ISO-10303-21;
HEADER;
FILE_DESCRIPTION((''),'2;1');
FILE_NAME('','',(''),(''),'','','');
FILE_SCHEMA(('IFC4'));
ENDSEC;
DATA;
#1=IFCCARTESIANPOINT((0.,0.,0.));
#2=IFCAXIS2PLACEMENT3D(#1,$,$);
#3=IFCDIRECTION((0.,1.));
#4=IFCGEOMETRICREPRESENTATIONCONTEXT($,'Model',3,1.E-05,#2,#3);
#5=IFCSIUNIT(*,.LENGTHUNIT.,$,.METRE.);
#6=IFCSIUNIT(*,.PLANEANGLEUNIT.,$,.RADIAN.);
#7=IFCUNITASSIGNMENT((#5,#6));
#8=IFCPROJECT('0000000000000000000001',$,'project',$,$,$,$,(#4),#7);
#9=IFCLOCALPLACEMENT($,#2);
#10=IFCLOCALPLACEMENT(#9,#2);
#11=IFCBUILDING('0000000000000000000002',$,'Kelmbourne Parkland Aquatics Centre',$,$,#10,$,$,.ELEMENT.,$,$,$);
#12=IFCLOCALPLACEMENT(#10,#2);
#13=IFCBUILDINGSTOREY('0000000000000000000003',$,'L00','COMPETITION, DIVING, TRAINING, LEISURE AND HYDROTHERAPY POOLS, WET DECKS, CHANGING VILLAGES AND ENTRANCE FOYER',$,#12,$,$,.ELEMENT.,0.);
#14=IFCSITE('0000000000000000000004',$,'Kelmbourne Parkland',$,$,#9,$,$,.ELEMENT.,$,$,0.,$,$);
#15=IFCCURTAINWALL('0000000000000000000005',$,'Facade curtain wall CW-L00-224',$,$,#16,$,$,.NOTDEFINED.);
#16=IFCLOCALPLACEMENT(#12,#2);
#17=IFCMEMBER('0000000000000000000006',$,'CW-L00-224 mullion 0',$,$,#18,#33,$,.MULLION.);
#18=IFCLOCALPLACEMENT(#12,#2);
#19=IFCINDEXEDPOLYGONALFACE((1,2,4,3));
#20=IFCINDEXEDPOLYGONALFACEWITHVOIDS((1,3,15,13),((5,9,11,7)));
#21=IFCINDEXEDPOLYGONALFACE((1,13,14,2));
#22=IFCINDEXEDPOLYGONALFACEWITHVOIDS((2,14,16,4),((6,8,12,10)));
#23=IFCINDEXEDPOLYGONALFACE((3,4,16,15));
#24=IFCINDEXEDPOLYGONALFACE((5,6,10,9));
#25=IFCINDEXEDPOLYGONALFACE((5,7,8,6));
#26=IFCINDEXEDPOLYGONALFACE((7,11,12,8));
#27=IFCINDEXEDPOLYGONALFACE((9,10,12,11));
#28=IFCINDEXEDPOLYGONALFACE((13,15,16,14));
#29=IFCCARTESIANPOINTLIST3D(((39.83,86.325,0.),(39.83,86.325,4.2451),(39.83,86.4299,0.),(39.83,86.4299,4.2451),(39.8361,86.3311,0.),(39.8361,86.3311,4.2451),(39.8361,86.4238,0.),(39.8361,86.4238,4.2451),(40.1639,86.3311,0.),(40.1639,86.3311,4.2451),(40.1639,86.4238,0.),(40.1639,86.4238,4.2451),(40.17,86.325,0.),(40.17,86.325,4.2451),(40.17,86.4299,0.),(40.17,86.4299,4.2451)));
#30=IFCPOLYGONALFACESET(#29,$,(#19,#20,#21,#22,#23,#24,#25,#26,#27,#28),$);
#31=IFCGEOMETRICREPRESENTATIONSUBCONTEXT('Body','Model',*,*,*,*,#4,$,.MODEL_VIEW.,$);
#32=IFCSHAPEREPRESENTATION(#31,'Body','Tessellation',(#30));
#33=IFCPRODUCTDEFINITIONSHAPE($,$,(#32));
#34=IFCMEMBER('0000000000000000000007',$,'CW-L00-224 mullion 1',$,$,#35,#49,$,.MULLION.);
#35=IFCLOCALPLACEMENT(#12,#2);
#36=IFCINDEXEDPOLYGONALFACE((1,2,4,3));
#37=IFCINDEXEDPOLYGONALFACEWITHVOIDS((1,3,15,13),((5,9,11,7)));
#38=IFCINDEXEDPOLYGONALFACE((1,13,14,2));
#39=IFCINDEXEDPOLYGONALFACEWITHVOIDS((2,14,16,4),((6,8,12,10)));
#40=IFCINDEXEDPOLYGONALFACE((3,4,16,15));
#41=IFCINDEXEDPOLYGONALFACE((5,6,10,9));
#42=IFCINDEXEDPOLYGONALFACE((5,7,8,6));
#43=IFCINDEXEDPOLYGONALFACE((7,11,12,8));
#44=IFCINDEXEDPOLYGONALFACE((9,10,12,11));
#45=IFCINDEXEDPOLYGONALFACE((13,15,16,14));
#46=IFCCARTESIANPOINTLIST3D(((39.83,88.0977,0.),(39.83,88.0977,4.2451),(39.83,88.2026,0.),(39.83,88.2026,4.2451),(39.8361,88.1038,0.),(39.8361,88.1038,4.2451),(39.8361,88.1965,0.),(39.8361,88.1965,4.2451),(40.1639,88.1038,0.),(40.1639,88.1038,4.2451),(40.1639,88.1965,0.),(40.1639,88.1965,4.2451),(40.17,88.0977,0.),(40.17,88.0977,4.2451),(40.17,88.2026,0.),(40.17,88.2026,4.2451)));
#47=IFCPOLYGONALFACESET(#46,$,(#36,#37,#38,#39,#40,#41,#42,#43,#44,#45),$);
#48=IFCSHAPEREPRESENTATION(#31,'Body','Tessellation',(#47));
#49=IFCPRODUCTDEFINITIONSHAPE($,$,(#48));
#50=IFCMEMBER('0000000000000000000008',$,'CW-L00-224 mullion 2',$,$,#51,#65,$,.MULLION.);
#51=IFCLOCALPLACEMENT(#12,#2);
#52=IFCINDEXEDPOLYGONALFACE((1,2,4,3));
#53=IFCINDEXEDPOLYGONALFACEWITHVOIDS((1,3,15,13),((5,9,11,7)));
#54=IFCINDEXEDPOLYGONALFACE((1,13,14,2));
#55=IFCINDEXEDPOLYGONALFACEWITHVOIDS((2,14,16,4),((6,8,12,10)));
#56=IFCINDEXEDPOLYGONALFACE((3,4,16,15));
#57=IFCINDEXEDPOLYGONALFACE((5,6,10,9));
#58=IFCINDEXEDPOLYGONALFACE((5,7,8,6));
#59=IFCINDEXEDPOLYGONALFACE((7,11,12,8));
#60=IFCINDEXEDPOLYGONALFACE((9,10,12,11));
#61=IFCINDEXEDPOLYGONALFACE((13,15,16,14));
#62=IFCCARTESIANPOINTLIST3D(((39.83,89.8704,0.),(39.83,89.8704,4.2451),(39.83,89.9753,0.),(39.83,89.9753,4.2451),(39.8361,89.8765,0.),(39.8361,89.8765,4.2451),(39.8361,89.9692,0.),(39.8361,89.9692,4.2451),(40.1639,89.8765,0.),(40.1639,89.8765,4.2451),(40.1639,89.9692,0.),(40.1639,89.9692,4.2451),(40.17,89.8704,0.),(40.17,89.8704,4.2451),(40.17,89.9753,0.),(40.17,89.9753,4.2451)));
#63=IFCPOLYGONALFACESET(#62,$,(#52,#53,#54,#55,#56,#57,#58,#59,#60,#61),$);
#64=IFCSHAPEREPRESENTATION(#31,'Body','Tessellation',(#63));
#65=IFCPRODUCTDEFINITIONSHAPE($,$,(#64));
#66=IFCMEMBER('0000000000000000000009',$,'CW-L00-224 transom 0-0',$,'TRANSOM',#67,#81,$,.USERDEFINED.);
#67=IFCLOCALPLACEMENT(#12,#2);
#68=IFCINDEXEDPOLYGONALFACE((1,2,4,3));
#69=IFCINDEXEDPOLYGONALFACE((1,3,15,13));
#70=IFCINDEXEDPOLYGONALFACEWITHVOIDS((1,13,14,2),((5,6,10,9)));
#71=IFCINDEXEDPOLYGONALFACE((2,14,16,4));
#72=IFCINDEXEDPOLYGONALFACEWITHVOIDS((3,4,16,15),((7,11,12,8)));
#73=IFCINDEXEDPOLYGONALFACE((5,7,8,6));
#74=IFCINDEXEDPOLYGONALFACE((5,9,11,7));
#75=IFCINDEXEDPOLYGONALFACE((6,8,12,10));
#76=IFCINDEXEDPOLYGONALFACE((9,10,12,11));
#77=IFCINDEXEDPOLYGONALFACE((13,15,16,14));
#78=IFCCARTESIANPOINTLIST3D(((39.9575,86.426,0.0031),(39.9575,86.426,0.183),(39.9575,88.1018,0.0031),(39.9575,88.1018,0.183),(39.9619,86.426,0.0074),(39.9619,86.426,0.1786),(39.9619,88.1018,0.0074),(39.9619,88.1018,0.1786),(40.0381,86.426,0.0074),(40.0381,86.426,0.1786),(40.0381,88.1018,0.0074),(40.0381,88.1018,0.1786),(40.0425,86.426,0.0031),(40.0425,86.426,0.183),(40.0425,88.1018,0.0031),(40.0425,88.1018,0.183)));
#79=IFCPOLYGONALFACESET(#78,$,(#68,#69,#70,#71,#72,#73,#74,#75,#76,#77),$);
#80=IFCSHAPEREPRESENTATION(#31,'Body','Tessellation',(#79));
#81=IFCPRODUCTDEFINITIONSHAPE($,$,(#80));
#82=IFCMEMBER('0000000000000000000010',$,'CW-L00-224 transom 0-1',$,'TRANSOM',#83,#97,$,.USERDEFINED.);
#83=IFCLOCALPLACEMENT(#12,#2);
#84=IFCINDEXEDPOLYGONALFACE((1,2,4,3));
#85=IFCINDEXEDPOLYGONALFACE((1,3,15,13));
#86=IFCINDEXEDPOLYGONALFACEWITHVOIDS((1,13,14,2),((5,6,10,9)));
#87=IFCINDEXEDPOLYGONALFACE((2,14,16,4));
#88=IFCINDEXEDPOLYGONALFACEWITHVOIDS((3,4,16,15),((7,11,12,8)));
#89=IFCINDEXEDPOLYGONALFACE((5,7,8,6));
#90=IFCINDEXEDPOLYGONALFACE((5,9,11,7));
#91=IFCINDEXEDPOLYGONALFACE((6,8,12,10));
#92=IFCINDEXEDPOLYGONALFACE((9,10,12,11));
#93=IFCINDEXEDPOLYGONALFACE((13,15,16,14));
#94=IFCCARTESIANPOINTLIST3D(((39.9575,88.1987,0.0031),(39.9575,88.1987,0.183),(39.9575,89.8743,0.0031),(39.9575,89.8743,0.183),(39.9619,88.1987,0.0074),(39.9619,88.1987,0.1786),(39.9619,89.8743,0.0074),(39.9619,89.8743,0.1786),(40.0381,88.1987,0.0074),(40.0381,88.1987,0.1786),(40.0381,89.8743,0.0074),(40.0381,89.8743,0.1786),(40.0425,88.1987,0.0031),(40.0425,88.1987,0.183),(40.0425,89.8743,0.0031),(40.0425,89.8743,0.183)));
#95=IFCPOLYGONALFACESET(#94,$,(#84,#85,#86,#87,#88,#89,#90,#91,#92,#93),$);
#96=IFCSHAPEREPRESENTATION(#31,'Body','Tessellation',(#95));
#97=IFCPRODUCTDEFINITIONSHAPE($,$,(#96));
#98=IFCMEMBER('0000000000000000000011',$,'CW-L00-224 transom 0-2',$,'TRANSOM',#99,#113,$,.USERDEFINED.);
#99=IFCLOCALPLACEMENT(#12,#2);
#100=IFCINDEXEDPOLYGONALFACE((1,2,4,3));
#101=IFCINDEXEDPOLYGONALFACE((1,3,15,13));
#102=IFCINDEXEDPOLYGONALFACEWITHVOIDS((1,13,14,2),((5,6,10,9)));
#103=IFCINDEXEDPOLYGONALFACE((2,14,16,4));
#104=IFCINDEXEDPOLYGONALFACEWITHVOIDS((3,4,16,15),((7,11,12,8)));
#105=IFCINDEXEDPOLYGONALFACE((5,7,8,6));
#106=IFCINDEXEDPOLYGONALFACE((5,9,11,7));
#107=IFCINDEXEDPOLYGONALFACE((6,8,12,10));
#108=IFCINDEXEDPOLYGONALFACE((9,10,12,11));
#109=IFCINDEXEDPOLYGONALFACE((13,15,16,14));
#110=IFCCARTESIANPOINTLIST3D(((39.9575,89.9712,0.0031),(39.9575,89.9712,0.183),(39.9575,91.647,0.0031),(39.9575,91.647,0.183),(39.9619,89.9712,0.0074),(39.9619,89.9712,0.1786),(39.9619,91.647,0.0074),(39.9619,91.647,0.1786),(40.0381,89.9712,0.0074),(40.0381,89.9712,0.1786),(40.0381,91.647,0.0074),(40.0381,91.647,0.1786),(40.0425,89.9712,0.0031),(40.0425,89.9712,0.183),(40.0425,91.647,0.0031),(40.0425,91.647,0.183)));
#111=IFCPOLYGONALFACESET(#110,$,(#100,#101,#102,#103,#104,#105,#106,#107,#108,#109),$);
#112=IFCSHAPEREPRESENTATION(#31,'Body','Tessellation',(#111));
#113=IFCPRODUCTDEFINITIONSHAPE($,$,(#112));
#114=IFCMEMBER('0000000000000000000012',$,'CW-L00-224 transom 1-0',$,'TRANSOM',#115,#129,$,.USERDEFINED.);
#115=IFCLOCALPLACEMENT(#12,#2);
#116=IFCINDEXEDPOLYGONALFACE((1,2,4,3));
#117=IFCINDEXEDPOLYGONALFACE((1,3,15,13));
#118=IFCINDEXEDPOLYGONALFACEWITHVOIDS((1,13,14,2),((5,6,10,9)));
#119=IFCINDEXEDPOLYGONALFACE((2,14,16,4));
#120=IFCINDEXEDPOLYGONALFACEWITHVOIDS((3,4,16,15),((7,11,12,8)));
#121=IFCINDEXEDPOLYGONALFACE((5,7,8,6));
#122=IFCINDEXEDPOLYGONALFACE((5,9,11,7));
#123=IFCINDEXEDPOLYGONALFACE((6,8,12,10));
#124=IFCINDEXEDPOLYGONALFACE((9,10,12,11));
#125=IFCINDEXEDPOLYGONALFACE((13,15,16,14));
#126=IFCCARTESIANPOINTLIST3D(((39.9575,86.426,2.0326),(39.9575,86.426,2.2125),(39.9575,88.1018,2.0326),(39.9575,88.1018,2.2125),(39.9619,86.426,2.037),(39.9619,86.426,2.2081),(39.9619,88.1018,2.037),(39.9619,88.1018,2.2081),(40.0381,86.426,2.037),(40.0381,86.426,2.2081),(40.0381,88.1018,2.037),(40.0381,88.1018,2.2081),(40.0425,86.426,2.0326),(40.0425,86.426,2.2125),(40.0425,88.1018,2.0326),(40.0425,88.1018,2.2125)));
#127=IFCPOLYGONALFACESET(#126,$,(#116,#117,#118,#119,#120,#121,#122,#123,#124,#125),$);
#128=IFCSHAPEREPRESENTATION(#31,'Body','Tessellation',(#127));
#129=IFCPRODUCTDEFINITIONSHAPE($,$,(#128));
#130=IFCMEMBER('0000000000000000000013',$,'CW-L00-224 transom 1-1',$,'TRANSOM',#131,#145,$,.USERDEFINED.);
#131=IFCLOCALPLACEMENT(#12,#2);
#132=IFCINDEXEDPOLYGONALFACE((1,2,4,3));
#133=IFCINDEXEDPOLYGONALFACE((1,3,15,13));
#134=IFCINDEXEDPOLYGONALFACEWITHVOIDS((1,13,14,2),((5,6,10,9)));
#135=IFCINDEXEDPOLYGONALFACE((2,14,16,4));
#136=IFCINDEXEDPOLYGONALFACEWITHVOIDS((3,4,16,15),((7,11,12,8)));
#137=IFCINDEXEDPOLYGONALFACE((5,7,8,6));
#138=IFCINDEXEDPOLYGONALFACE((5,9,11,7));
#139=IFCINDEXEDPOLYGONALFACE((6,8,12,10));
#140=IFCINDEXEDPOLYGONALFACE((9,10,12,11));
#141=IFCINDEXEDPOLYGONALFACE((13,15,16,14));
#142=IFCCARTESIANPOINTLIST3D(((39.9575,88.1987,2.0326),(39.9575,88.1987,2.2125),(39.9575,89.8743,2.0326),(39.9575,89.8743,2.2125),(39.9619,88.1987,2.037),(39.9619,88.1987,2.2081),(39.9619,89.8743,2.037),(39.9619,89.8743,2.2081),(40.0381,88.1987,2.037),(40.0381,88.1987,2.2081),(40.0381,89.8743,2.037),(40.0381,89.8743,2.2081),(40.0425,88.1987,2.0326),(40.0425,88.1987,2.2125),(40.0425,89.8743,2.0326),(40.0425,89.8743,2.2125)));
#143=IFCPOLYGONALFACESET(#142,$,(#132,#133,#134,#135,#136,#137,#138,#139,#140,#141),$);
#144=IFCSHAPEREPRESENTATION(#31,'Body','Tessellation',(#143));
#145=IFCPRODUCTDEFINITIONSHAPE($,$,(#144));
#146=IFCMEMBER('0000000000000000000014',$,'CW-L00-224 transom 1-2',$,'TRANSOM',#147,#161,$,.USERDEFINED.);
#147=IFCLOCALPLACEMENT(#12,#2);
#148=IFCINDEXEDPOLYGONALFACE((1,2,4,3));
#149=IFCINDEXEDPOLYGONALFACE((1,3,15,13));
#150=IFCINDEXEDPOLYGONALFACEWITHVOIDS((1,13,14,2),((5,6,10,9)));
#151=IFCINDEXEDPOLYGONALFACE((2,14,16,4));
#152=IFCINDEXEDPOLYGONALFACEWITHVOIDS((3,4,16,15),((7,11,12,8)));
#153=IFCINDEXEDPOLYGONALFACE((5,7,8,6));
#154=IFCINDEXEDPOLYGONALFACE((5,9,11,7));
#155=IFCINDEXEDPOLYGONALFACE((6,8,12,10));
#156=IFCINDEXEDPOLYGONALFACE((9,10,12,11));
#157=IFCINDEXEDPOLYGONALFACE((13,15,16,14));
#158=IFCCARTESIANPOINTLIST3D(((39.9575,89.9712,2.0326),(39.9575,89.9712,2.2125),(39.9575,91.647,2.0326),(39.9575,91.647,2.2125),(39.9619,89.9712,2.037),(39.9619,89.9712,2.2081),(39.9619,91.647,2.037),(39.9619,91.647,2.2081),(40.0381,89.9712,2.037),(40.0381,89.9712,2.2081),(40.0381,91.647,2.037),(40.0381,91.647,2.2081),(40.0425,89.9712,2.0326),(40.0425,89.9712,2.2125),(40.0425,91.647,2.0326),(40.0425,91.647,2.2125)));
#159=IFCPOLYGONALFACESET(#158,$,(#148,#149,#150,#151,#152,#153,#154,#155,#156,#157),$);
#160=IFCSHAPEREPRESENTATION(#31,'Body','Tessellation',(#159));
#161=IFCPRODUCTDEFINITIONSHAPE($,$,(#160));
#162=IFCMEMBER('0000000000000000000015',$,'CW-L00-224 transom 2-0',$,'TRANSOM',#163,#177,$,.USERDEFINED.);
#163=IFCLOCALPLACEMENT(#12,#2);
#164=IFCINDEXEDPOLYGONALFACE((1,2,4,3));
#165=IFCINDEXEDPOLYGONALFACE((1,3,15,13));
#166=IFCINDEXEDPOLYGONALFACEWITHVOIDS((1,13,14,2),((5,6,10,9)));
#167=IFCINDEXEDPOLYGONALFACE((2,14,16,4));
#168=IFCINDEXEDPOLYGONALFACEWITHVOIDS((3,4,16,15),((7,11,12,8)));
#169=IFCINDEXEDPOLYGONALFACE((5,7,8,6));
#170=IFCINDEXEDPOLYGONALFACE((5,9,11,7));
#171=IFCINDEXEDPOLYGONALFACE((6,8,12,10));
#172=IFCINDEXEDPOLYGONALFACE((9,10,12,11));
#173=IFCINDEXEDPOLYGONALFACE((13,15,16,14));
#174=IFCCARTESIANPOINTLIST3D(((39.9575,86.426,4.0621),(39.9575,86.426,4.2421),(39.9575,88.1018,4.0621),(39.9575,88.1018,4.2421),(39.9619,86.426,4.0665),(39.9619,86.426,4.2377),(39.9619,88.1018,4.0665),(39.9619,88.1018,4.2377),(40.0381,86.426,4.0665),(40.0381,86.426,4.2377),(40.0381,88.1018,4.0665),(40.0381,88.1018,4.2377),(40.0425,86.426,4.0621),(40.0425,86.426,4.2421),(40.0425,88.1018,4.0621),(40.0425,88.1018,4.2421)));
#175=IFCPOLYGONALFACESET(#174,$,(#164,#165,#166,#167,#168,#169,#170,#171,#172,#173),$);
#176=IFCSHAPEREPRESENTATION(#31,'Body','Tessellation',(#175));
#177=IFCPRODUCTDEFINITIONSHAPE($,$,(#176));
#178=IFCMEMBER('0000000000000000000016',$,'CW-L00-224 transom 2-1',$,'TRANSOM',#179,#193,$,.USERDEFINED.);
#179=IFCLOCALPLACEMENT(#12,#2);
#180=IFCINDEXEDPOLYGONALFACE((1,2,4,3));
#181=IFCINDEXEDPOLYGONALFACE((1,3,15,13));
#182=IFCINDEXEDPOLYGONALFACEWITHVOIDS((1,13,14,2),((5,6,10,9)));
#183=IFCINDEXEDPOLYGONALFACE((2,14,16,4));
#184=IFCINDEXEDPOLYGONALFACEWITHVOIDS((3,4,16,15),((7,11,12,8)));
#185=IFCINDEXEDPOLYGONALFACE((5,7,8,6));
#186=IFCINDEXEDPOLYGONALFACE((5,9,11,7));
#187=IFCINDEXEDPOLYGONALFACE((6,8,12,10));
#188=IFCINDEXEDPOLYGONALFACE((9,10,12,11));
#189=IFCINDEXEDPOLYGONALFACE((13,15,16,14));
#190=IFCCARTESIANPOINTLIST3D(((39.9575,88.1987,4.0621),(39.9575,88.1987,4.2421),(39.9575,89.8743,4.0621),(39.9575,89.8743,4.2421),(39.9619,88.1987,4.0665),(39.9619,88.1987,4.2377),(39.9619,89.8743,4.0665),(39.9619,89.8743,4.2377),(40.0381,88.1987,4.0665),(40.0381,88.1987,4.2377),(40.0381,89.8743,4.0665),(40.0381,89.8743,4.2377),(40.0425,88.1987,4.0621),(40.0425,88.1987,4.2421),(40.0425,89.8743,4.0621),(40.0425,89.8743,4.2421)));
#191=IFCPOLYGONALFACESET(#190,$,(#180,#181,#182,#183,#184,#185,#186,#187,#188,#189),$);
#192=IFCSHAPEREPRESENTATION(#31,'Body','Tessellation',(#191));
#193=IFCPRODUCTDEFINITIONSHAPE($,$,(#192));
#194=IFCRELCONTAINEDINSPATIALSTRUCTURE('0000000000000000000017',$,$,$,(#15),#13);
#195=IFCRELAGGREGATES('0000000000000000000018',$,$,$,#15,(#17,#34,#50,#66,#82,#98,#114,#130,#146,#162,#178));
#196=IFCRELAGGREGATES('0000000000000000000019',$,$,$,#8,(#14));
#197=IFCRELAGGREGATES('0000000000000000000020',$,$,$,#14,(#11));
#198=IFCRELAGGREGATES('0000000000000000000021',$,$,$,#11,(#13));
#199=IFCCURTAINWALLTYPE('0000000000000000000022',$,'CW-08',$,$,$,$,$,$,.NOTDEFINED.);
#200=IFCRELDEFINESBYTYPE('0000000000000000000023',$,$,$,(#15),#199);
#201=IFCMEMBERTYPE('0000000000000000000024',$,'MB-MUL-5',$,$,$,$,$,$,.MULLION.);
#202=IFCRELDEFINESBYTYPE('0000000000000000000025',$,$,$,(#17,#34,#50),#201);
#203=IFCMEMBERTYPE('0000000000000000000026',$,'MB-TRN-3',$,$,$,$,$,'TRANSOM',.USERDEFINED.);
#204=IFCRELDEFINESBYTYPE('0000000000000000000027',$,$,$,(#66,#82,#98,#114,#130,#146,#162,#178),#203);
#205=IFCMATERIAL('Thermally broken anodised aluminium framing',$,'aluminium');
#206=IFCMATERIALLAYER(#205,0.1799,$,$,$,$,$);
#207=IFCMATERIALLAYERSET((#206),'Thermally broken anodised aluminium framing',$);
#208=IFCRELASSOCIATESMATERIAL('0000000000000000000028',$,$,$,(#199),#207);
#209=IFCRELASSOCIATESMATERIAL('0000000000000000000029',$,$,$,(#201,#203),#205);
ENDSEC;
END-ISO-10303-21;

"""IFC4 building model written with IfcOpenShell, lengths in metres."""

from ifc_helpers import new_model, si_unit, direction, frame, origin, origin_2d, place, context, subcontext, project, spatial, hollow_rectangle, extrude, material, layer, layer_set, material_profile, profile_set, type_object, element, aggregate, save


model = new_model("IFC4")

# Units and contexts
model_context = context("Model", 3, precision=1e-05, world=origin(), true_north=direction((0.0, 1.0)))
body_context = subcontext(model_context, "Body", "Model", "MODEL_VIEW")
ifc_project = project(units=[si_unit("LENGTHUNIT", "METRE"), si_unit("PLANEANGLEUNIT", "RADIAN")], contexts=[model_context])

# Site, building, storey
site_placement = place(None, origin())
site = spatial("IfcSite", under=ifc_project, at=site_placement, Name="Kelmbourne Parkland", CompositionType="ELEMENT", RefElevation=0.0)
building_placement = place(site_placement, origin())
building = spatial("IfcBuilding", under=site, at=building_placement, Name="Kelmbourne Parkland Aquatics Centre", CompositionType="ELEMENT")
storey_placement = place(building_placement, origin())
storey = spatial("IfcBuildingStorey", under=building, at=storey_placement, Name="L00", Description="COMPETITION, DIVING, TRAINING, LEISURE AND HYDROTHERAPY POOLS, WET DECKS, CHANGING VILLAGES AND ENTRANCE FOYER", CompositionType="ELEMENT", Elevation=0.0)

# Curtain wall, members
ifc_material_1 = material(Name="Thermally broken anodised aluminium framing", Category="aluminium")
ifc_layer_1 = layer(ifc_material_1, 0.1799)
ifc_layer_set_1 = layer_set([ifc_layer_1], Name="Thermally broken anodised aluminium framing")
curtain_wall_type = type_object("IfcCurtainWallType", Name="CW-08", PredefinedType="NOTDEFINED", material=ifc_layer_set_1)
curtain_wall_placement = place(storey_placement, origin())
curtain_wall = element("IfcCurtainWall", 1, at=curtain_wall_placement, inside=storey, type_object=curtain_wall_type, Name="Facade curtain wall CW-L00-224", PredefinedType="NOTDEFINED")
ifc_material_profile_1 = material_profile(ifc_material_1, hollow_rectangle(XDim=0.105, YDim=0.3401, WallThickness=0.0061, at=origin_2d()), Name="CW-M 105x340")
ifc_profile_set_1 = profile_set([ifc_material_profile_1], Name="Thermally broken anodised aluminium framing")
member_type_1 = type_object("IfcMemberType", Name="MB-MUL-5", PredefinedType="MULLION", material=ifc_profile_set_1)
member_1_placement = place(storey_placement, frame((40.0, 86.3774, 0.0), z_axis=(0.0, 0.0, 1.0), x_axis=(0.0, 1.0, 0.0)))
member_1 = element("IfcMember", 2, at=member_1_placement, type_object=member_type_1, Name="CW-L00-224 mullion 0", PredefinedType="MULLION", context=body_context, shape_type="SweptSolid", body=[
    extrude(hollow_rectangle(XDim=0.105, YDim=0.3401, WallThickness=0.0061, at=origin_2d()), origin(), (0.0, 0.0, 1.0), 4.2451),
])
member_2_placement = place(storey_placement, frame((40.0, 88.1501, 0.0), z_axis=(0.0, 0.0, 1.0), x_axis=(0.0, 1.0, 0.0)))
member_2 = element("IfcMember", 3, at=member_2_placement, type_object=member_type_1, Name="CW-L00-224 mullion 1", PredefinedType="MULLION", context=body_context, shape_type="SweptSolid", body=[
    extrude(hollow_rectangle(XDim=0.105, YDim=0.3401, WallThickness=0.0061, at=origin_2d()), origin(), (0.0, 0.0, 1.0), 4.2451),
])
member_3_placement = place(storey_placement, frame((40.0, 89.9229, 0.0), z_axis=(0.0, 0.0, 1.0), x_axis=(0.0, 1.0, 0.0)))
member_3 = element("IfcMember", 4, at=member_3_placement, type_object=member_type_1, Name="CW-L00-224 mullion 2", PredefinedType="MULLION", context=body_context, shape_type="SweptSolid", body=[
    extrude(hollow_rectangle(XDim=0.105, YDim=0.3401, WallThickness=0.0061, at=origin_2d()), origin(), (0.0, 0.0, 1.0), 4.2451),
])
ifc_material_profile_2 = material_profile(ifc_material_1, hollow_rectangle(XDim=0.085, YDim=0.1799, WallThickness=0.0044, at=origin_2d()), Name="CW-T 85x180")
ifc_profile_set_2 = profile_set([ifc_material_profile_2], Name="Thermally broken anodised aluminium framing")
member_type_2 = type_object("IfcMemberType", Name="MB-TRN-3", ElementType="TRANSOM", PredefinedType="USERDEFINED", material=ifc_profile_set_2)
member_4_placement = place(storey_placement, frame((40.0, 86.426, 0.093), z_axis=(0.0, 1.0, 0.0), x_axis=(-1.0, 0.0, 0.0)))
member_4 = element("IfcMember", 5, at=member_4_placement, type_object=member_type_2, Name="CW-L00-224 transom 0-0", ObjectType="TRANSOM", PredefinedType="USERDEFINED", context=body_context, shape_type="SweptSolid", body=[
    extrude(hollow_rectangle(XDim=0.085, YDim=0.1799, WallThickness=0.0044, at=origin_2d()), origin(), (0.0, 0.0, 1.0), 1.6758),
])
member_5_placement = place(storey_placement, frame((40.0, 88.1987, 0.093), z_axis=(0.0, 1.0, 0.0), x_axis=(-1.0, 0.0, 0.0)))
member_5 = element("IfcMember", 6, at=member_5_placement, type_object=member_type_2, Name="CW-L00-224 transom 0-1", ObjectType="TRANSOM", PredefinedType="USERDEFINED", context=body_context, shape_type="SweptSolid", body=[
    extrude(hollow_rectangle(XDim=0.085, YDim=0.1799, WallThickness=0.0044, at=origin_2d()), origin(), (0.0, 0.0, 1.0), 1.6755),
])
member_6_placement = place(storey_placement, frame((40.0, 89.9712, 0.093), z_axis=(0.0, 1.0, 0.0), x_axis=(-1.0, 0.0, 0.0)))
member_6 = element("IfcMember", 7, at=member_6_placement, type_object=member_type_2, Name="CW-L00-224 transom 0-2", ObjectType="TRANSOM", PredefinedType="USERDEFINED", context=body_context, shape_type="SweptSolid", body=[
    extrude(hollow_rectangle(XDim=0.085, YDim=0.1799, WallThickness=0.0044, at=origin_2d()), origin(), (0.0, 0.0, 1.0), 1.6758),
])
member_7_placement = place(storey_placement, frame((40.0, 86.426, 2.1226), z_axis=(0.0, 1.0, 0.0), x_axis=(-1.0, 0.0, 0.0)))
member_7 = element("IfcMember", 8, at=member_7_placement, type_object=member_type_2, Name="CW-L00-224 transom 1-0", ObjectType="TRANSOM", PredefinedType="USERDEFINED", context=body_context, shape_type="SweptSolid", body=[
    extrude(hollow_rectangle(XDim=0.085, YDim=0.1799, WallThickness=0.0044, at=origin_2d()), origin(), (0.0, 0.0, 1.0), 1.6758),
])
member_8_placement = place(storey_placement, frame((40.0, 88.1987, 2.1226), z_axis=(0.0, 1.0, 0.0), x_axis=(-1.0, 0.0, 0.0)))
member_8 = element("IfcMember", 9, at=member_8_placement, type_object=member_type_2, Name="CW-L00-224 transom 1-1", ObjectType="TRANSOM", PredefinedType="USERDEFINED", context=body_context, shape_type="SweptSolid", body=[
    extrude(hollow_rectangle(XDim=0.085, YDim=0.1799, WallThickness=0.0044, at=origin_2d()), origin(), (0.0, 0.0, 1.0), 1.6755),
])
member_9_placement = place(storey_placement, frame((40.0, 89.9712, 2.1226), z_axis=(0.0, 1.0, 0.0), x_axis=(-1.0, 0.0, 0.0)))
member_9 = element("IfcMember", 10, at=member_9_placement, type_object=member_type_2, Name="CW-L00-224 transom 1-2", ObjectType="TRANSOM", PredefinedType="USERDEFINED", context=body_context, shape_type="SweptSolid", body=[
    extrude(hollow_rectangle(XDim=0.085, YDim=0.1799, WallThickness=0.0044, at=origin_2d()), origin(), (0.0, 0.0, 1.0), 1.6758),
])
member_10_placement = place(storey_placement, frame((40.0, 86.426, 4.1521), z_axis=(0.0, 1.0, 0.0), x_axis=(-1.0, 0.0, 0.0)))
member_10 = element("IfcMember", 11, at=member_10_placement, type_object=member_type_2, Name="CW-L00-224 transom 2-0", ObjectType="TRANSOM", PredefinedType="USERDEFINED", context=body_context, shape_type="SweptSolid", body=[
    extrude(hollow_rectangle(XDim=0.085, YDim=0.1799, WallThickness=0.0044, at=origin_2d()), origin(), (0.0, 0.0, 1.0), 1.6758),
])
member_11_placement = place(storey_placement, frame((40.0, 88.1987, 4.1521), z_axis=(0.0, 1.0, 0.0), x_axis=(-1.0, 0.0, 0.0)))
member_11 = element("IfcMember", 12, at=member_11_placement, type_object=member_type_2, Name="CW-L00-224 transom 2-1", ObjectType="TRANSOM", PredefinedType="USERDEFINED", context=body_context, shape_type="SweptSolid", body=[
    extrude(hollow_rectangle(XDim=0.085, YDim=0.1799, WallThickness=0.0044, at=origin_2d()), origin(), (0.0, 0.0, 1.0), 1.6755),
])
aggregate(curtain_wall, [member_1, member_2, member_3, member_4, member_5, member_6, member_7, member_8, member_9, member_10, member_11])

save(model, "model.ifc")
